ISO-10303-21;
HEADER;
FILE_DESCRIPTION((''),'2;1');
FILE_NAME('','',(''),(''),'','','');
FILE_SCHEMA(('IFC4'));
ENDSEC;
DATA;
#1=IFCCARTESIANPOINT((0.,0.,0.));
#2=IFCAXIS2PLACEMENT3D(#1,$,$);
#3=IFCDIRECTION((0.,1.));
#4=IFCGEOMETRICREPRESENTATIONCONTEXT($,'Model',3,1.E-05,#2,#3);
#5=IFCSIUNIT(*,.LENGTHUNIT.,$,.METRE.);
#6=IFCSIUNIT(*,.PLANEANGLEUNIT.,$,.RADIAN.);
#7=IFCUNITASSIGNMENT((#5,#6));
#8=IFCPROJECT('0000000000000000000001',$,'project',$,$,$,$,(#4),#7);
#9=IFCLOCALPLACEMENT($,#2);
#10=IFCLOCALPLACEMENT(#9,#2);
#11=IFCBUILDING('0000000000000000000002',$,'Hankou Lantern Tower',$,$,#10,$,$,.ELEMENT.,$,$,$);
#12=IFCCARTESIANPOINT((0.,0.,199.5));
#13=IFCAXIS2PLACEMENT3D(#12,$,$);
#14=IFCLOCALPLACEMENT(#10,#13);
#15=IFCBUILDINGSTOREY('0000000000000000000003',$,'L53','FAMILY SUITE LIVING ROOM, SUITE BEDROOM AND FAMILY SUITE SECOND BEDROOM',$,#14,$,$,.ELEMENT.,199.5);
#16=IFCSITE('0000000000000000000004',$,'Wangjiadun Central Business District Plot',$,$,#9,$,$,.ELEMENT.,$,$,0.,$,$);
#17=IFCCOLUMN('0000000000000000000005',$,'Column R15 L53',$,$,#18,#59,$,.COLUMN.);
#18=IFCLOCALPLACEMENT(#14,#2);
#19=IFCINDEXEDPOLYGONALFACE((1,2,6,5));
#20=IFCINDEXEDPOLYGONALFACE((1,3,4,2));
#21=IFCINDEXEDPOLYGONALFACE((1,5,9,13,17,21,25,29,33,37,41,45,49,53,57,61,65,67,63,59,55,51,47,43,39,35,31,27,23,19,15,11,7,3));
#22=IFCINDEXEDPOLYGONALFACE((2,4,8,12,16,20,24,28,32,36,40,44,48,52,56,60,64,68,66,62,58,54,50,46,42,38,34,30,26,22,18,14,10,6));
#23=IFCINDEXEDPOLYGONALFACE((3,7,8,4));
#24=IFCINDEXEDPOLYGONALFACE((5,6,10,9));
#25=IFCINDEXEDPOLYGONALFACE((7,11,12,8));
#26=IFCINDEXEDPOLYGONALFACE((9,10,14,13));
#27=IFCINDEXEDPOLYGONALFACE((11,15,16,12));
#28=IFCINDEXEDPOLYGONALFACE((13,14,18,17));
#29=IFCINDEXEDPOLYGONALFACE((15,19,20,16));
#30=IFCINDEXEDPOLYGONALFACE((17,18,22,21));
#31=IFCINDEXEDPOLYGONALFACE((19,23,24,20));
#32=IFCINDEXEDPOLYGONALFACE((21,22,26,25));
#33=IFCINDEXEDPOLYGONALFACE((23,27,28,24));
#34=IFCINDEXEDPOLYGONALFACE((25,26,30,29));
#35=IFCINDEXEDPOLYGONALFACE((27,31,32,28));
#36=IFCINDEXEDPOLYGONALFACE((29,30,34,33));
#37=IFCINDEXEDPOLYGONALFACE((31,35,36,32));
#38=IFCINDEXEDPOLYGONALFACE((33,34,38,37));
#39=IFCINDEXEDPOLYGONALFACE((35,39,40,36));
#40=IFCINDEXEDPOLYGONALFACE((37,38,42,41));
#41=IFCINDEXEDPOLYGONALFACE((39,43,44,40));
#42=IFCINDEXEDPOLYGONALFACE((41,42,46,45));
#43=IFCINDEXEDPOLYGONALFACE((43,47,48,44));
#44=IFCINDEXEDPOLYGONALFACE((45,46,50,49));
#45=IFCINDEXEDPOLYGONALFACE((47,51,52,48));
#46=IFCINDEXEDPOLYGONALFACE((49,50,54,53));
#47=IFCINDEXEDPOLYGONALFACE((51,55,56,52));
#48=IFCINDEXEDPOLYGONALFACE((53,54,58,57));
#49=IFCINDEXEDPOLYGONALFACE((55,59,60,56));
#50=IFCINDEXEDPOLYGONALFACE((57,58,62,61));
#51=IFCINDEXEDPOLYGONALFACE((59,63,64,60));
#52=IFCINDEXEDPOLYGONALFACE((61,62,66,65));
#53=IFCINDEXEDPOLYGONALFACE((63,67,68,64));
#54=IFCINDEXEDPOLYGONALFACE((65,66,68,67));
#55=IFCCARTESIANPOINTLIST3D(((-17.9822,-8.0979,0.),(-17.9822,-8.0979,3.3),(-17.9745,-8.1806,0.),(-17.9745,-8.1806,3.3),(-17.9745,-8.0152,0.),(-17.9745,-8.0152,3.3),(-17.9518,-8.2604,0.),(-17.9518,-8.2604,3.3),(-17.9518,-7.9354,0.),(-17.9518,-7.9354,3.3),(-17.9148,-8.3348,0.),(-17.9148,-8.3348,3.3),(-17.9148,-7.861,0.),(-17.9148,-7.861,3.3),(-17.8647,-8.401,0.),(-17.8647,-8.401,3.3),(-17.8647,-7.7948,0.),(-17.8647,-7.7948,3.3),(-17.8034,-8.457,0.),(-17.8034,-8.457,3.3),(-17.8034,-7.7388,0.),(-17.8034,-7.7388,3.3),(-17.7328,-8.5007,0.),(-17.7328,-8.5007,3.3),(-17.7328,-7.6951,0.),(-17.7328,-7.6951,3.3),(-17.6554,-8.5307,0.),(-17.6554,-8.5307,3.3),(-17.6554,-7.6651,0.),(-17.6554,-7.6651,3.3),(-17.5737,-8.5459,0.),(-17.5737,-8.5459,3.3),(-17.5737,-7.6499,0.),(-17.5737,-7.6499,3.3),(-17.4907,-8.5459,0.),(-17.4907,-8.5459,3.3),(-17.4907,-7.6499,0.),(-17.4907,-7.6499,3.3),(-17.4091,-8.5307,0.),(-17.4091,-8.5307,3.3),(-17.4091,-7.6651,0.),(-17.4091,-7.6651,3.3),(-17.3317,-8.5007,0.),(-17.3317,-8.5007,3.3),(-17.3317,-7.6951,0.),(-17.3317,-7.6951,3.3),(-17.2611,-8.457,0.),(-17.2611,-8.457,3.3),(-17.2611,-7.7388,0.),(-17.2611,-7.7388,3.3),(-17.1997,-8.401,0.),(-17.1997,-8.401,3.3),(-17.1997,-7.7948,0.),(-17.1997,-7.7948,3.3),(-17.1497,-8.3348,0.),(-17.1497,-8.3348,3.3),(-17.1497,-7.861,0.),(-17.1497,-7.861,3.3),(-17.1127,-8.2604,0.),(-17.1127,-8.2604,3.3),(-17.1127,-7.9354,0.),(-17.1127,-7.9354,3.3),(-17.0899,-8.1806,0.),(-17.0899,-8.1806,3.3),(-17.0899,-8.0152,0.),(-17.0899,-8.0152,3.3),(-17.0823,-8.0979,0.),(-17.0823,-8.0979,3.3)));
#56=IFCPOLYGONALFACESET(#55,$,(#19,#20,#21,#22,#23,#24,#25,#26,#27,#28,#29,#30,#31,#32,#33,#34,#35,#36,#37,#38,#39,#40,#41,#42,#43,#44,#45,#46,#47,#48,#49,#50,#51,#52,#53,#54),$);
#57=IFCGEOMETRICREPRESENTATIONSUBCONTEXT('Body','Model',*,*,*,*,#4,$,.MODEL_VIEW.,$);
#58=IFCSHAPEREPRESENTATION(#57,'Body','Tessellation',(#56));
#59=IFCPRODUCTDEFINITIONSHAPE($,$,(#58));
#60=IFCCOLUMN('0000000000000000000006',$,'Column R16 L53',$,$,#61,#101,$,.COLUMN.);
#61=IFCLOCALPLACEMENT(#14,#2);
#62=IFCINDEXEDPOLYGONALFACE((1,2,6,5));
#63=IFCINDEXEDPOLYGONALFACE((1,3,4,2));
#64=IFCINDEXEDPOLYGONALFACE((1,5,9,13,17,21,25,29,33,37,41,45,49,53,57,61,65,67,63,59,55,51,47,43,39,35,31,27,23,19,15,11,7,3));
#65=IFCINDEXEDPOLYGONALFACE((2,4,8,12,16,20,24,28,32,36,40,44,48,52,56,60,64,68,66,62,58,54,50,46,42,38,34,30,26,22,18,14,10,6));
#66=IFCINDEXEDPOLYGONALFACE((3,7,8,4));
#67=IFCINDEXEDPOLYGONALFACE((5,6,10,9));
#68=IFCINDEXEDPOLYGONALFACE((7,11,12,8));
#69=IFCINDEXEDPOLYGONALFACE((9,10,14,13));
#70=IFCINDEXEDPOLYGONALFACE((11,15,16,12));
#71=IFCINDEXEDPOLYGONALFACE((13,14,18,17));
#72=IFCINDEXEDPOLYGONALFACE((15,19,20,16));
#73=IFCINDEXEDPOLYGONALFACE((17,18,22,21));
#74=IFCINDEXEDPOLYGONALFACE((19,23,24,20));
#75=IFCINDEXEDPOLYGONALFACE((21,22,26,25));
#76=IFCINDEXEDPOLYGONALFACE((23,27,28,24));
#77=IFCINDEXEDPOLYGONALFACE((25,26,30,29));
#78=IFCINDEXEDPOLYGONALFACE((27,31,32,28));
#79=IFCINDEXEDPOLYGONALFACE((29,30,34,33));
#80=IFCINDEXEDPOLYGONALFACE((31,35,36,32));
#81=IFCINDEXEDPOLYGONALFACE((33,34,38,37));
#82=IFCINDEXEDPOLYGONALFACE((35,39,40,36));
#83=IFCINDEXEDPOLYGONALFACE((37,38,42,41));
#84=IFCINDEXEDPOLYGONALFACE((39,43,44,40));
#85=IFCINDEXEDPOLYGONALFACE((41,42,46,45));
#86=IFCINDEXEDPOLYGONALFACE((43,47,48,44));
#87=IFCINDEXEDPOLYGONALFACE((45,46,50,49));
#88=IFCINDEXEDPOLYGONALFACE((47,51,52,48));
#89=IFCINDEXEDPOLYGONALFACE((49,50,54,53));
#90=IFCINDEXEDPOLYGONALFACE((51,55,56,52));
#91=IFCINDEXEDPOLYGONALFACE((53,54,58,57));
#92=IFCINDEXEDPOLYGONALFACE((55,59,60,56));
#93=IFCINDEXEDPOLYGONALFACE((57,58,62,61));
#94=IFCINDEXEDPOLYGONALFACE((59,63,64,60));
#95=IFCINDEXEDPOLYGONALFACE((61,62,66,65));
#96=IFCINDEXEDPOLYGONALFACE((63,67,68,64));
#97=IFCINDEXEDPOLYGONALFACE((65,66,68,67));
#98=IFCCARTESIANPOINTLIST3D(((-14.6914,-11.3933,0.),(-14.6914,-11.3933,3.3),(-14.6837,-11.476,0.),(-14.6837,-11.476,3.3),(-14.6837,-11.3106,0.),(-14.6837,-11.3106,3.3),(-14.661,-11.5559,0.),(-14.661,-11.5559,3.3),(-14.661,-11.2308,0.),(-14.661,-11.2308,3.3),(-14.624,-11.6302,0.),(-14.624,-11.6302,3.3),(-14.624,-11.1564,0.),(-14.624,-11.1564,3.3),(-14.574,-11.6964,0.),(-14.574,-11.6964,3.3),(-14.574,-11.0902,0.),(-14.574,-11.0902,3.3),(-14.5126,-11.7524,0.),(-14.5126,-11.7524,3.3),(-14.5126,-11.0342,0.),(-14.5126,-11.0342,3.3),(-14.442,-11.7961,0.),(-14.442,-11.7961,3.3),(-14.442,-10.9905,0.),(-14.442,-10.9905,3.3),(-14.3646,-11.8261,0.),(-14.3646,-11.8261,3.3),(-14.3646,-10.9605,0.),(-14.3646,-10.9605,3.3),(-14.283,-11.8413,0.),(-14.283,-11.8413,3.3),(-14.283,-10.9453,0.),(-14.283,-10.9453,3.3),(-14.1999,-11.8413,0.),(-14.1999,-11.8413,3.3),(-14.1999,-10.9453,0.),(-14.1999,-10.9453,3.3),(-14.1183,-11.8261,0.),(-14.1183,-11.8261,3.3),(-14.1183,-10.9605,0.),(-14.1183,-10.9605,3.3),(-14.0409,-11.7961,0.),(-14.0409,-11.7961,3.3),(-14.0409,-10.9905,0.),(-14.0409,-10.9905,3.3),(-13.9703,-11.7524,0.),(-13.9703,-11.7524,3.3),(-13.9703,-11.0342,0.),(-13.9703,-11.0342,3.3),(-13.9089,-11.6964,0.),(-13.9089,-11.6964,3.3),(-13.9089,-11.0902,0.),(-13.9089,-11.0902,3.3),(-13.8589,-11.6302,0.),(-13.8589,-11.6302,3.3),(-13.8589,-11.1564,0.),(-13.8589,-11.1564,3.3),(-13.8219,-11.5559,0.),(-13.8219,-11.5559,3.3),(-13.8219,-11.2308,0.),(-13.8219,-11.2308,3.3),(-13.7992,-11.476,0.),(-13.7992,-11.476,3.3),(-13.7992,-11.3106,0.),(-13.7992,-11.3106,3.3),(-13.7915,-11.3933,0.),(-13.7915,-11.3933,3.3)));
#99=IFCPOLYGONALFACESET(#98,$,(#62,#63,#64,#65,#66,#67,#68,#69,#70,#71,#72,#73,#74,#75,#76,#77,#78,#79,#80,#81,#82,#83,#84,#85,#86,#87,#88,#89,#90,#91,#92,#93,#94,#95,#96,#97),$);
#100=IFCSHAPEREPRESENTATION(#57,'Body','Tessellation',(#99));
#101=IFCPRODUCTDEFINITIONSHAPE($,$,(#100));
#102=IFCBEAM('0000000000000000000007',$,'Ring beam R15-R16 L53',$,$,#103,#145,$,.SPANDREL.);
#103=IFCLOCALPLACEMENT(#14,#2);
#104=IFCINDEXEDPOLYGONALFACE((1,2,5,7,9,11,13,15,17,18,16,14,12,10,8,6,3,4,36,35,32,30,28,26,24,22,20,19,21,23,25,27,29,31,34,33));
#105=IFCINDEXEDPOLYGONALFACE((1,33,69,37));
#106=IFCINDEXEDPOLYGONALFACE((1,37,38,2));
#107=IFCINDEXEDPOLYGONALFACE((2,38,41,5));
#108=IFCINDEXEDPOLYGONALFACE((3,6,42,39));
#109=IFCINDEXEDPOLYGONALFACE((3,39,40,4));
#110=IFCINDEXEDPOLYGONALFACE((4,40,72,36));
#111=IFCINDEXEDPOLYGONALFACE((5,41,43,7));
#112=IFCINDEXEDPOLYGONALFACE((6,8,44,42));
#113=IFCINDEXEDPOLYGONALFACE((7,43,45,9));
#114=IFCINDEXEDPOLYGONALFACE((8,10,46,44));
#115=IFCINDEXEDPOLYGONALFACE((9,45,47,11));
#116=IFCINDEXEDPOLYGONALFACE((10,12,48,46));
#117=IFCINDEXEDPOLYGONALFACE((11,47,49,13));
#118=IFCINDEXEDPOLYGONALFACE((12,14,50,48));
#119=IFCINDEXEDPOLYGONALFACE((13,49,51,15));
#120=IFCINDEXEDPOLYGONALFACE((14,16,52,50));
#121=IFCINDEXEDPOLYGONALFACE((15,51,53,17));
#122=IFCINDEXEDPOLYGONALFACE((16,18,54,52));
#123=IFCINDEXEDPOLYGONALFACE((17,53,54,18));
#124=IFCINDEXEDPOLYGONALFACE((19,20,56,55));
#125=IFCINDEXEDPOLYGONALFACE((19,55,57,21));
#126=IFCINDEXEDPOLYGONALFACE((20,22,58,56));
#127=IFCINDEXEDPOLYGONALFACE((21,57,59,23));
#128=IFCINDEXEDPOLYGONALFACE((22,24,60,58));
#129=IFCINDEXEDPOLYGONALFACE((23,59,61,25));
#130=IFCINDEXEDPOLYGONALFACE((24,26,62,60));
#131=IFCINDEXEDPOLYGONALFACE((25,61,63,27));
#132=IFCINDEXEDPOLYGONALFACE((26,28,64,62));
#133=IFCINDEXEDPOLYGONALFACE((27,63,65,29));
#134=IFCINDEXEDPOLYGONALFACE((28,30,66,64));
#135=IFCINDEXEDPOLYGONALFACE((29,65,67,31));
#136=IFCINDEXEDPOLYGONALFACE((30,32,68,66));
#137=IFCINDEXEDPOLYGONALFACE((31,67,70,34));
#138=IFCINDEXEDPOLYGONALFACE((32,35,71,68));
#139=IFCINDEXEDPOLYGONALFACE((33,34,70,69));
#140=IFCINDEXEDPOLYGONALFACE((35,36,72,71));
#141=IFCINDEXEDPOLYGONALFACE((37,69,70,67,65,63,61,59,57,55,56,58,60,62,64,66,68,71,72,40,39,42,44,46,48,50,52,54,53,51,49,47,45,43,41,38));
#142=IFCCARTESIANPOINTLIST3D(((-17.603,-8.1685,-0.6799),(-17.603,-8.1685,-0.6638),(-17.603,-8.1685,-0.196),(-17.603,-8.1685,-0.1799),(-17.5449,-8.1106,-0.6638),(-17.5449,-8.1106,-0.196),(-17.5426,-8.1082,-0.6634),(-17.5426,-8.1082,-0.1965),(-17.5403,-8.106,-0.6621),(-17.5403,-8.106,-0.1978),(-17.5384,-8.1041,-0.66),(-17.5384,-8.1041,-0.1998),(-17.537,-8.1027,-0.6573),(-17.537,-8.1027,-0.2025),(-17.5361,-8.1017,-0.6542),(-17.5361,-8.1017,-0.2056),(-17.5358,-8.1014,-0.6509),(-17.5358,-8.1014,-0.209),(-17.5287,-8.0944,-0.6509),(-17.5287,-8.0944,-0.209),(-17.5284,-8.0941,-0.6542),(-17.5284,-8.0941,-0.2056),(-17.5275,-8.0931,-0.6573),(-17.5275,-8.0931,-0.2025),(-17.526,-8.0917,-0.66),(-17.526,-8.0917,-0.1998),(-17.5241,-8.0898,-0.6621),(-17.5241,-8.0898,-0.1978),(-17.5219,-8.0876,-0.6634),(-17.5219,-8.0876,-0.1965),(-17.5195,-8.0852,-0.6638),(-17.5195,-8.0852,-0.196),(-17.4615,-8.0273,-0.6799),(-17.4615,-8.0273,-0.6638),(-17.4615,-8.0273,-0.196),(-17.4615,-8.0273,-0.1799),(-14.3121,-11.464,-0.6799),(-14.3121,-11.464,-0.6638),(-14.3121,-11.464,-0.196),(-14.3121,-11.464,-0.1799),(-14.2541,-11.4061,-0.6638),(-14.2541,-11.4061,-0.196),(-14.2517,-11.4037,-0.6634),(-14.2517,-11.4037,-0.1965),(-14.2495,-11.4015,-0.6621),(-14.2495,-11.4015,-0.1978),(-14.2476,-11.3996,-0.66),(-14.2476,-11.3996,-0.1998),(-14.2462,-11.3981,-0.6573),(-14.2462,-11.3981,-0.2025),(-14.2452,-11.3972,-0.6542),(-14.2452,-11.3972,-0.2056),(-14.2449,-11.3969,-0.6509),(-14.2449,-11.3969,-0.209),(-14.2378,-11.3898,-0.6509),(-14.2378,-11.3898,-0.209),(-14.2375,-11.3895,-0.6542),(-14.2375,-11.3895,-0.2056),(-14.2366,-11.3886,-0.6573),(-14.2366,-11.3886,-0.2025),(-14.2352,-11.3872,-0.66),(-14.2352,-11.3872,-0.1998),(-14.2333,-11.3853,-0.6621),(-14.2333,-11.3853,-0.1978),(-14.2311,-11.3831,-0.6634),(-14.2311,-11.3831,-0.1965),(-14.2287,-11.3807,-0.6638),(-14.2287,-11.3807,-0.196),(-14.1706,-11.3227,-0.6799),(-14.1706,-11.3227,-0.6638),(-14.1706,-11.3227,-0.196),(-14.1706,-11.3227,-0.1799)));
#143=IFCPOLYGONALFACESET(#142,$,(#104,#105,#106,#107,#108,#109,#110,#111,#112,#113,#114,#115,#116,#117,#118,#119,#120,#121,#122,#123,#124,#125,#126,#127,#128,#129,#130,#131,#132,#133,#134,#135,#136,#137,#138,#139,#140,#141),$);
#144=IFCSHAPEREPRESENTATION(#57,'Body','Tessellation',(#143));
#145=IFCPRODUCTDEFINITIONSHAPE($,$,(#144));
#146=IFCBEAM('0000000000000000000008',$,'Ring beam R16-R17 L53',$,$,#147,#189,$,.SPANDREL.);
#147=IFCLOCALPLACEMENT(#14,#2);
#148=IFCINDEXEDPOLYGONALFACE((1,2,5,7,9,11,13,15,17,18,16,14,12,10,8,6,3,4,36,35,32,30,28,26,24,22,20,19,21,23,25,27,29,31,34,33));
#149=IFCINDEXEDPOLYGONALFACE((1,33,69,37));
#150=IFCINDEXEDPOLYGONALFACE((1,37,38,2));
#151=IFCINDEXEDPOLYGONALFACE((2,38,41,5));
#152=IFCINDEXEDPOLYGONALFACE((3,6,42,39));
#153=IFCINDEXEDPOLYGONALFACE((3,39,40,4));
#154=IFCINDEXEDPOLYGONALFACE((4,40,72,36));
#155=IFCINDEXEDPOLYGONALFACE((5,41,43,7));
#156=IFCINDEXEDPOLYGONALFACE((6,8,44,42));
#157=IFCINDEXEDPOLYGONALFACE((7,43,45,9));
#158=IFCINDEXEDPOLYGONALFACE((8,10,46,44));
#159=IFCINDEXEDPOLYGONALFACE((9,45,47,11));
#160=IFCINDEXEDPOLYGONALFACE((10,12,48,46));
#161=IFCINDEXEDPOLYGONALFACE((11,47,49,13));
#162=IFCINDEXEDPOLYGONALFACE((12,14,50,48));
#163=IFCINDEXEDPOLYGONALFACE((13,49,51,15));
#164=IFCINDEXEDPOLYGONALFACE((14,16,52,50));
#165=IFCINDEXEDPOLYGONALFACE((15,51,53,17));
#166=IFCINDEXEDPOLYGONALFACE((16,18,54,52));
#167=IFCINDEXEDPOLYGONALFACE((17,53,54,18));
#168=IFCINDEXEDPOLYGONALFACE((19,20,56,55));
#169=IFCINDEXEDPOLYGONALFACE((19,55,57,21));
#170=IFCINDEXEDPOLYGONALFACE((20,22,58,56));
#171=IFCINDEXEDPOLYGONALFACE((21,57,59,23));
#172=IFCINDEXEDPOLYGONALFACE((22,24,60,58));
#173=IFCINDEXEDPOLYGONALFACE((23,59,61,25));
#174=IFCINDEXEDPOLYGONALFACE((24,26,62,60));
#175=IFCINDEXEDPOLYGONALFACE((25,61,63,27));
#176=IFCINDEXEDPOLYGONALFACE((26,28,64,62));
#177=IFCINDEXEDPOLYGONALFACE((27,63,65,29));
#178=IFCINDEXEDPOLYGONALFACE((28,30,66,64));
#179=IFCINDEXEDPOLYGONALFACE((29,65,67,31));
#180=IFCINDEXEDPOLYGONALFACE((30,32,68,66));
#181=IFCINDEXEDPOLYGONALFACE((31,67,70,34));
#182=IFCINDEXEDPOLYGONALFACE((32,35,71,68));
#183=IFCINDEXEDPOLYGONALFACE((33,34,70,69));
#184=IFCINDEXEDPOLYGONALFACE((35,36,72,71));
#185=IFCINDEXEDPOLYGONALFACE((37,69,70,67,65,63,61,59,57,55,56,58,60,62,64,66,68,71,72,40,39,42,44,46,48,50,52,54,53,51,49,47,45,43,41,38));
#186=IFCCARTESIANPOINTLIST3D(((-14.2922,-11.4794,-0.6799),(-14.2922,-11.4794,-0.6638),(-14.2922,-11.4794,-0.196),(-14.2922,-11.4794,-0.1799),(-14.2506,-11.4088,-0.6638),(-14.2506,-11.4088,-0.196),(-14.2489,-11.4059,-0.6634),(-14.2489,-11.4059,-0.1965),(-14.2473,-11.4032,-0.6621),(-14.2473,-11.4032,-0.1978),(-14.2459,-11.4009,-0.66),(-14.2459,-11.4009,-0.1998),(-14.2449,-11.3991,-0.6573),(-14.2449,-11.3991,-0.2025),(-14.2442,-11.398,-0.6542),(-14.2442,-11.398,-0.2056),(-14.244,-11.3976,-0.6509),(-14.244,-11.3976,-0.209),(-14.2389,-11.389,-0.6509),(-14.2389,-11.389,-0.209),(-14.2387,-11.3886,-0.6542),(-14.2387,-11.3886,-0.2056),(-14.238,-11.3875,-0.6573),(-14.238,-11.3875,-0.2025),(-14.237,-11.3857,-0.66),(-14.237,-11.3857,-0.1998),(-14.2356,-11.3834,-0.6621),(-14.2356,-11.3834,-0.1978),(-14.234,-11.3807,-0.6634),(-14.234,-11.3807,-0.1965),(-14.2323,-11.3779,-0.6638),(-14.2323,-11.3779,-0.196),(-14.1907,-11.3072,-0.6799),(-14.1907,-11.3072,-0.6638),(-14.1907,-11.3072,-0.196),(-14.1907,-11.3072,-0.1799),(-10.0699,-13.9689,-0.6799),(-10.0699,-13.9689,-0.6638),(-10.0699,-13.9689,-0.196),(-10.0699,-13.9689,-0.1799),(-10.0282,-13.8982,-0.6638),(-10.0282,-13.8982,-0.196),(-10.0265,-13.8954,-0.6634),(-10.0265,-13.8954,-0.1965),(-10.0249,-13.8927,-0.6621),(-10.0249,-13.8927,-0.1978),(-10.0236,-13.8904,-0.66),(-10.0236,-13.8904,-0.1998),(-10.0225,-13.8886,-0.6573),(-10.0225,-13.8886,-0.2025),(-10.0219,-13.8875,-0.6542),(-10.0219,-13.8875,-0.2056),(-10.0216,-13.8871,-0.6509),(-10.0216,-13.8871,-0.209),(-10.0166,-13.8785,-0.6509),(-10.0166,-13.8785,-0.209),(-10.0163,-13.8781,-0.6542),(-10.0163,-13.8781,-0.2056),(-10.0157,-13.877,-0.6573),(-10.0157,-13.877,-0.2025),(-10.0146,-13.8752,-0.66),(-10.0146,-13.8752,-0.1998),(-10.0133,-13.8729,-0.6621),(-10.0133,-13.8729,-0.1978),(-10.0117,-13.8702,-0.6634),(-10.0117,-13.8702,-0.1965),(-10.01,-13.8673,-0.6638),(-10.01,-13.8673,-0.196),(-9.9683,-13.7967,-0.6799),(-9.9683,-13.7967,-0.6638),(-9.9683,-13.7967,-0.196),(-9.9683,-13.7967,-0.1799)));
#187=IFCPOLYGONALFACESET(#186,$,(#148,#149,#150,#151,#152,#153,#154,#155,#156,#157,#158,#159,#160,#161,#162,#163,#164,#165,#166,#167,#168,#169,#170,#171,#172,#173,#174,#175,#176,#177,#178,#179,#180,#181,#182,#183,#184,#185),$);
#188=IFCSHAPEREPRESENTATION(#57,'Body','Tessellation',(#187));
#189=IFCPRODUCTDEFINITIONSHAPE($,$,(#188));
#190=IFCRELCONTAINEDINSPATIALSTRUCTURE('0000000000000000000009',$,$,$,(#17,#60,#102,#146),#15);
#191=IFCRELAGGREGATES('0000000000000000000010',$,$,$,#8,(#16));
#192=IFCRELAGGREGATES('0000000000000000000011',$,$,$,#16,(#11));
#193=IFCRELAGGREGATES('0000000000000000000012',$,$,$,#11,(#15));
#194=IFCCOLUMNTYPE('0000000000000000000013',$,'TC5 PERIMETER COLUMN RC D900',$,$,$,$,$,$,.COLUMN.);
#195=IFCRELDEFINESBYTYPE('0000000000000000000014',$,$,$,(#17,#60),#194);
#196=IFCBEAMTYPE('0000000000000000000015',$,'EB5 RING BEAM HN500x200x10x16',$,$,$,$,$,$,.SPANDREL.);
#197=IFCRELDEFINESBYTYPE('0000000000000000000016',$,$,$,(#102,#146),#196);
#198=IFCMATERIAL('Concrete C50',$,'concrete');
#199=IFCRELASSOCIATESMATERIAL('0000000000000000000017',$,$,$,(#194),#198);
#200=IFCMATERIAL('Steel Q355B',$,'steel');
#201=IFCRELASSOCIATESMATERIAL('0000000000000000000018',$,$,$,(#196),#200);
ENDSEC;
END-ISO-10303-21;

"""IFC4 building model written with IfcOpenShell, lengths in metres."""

from ifc_helpers import new_model, si_unit, direction, frame, origin, origin_2d, place, context, subcontext, project, spatial, circle, i_section, extrude, material, material_profile, profile_set, type_object, element, save


model = new_model("IFC4")

# Units and contexts
model_context = context("Model", 3, precision=1e-05, world=origin(), true_north=direction((0.0, 1.0)))
body_context = subcontext(model_context, "Body", "Model", "MODEL_VIEW")
ifc_project = project(units=[si_unit("LENGTHUNIT", "METRE"), si_unit("PLANEANGLEUNIT", "RADIAN")], contexts=[model_context])

# Site, building, storey
site_placement = place(None, origin())
site = spatial("IfcSite", under=ifc_project, at=site_placement, Name="Wangjiadun Central Business District Plot", CompositionType="ELEMENT", RefElevation=0.0)
building_placement = place(site_placement, origin())
building = spatial("IfcBuilding", under=site, at=building_placement, Name="Hankou Lantern Tower", CompositionType="ELEMENT")
storey_placement = place(building_placement, frame((0.0, 0.0, 199.5)))
storey = spatial("IfcBuildingStorey", under=building, at=storey_placement, Name="L53", Description="FAMILY SUITE LIVING ROOM, SUITE BEDROOM AND FAMILY SUITE SECOND BEDROOM", CompositionType="ELEMENT", Elevation=199.5)

# Columns
ifc_material_1 = material(Name="Concrete C50", Category="concrete")
ifc_material_profile_1 = material_profile(ifc_material_1, circle(Radius=0.45, at=origin_2d()), Name="RC D900")
ifc_profile_set_1 = profile_set([ifc_material_profile_1], Name="Concrete C50")
column_type = type_object("IfcColumnType", Name="TC5 PERIMETER COLUMN RC D900", PredefinedType="COLUMN", material=ifc_profile_set_1)
for number, where, z_axis, x_axis, name in (
    (1, (-17.5322, -8.0979, 0.0), (0.0, 0.0, 1.0), (1.0, 0.0, 0.0), "Column R15 L53"),
    (2, (-14.2415, -11.3933, 0.0), (0.0, 0.0, 1.0), (1.0, 0.0, 0.0), "Column R16 L53"),
):
    element("IfcColumn", number, at=place(storey_placement, frame(where, z_axis=z_axis, x_axis=x_axis)), inside=storey, type_object=column_type, Name=name, PredefinedType="COLUMN", context=body_context, shape_type="SweptSolid", body=[
        extrude(circle(Radius=0.45, at=origin_2d()), origin(), (0.0, 0.0, 1.0), 3.3),
    ])

# Beams
ifc_material_2 = material(Name="Steel Q355B", Category="steel")
ifc_material_profile_2 = material_profile(ifc_material_2, i_section(OverallWidth=0.2, OverallDepth=0.5, WebThickness=0.01, FlangeThickness=0.0161, FilletRadius=0.0129, at=origin_2d()), Name="HN500x200x10x16")
ifc_profile_set_2 = profile_set([ifc_material_profile_2], Name="Steel Q355B")
beam_type_1 = type_object("IfcBeamType", Name="EB5 RING BEAM HN500x200x10x16", PredefinedType="SPANDREL", material=ifc_profile_set_2)
beam_1_placement = place(storey_placement, frame((-17.5322, -8.0979, -0.4299), z_axis=(0.706609, -0.707605, 0.0), x_axis=(0.707605, 0.706609, 0.0)))
element("IfcBeam", 3, at=beam_1_placement, inside=storey, type_object=beam_type_1, Name="Ring beam R15-R16 L53", PredefinedType="SPANDREL", context=body_context, shape_type="SweptSolid", body=[
    extrude(i_section(OverallWidth=0.2, OverallDepth=0.5, WebThickness=0.01, FlangeThickness=0.0161, FilletRadius=0.0129, at=origin_2d()), origin(), (0.0, 0.0, 1.0), 4.6572),
])
beam_2_placement = place(storey_placement, frame((-14.2415, -11.3933, -0.4299), z_axis=(0.861423, -0.507888, 0.0), x_axis=(0.507888, 0.861423, 0.0)))
element("IfcBeam", 4, at=beam_2_placement, inside=storey, type_object=beam_type_1, Name="Ring beam R16-R17 L53", PredefinedType="SPANDREL", context=body_context, shape_type="SweptSolid", body=[
    extrude(i_section(OverallWidth=0.2, OverallDepth=0.5, WebThickness=0.01, FlangeThickness=0.0161, FilletRadius=0.0129, at=origin_2d()), origin(), (0.0, 0.0, 1.0), 4.9016),
])

save(model, "model.ifc")
